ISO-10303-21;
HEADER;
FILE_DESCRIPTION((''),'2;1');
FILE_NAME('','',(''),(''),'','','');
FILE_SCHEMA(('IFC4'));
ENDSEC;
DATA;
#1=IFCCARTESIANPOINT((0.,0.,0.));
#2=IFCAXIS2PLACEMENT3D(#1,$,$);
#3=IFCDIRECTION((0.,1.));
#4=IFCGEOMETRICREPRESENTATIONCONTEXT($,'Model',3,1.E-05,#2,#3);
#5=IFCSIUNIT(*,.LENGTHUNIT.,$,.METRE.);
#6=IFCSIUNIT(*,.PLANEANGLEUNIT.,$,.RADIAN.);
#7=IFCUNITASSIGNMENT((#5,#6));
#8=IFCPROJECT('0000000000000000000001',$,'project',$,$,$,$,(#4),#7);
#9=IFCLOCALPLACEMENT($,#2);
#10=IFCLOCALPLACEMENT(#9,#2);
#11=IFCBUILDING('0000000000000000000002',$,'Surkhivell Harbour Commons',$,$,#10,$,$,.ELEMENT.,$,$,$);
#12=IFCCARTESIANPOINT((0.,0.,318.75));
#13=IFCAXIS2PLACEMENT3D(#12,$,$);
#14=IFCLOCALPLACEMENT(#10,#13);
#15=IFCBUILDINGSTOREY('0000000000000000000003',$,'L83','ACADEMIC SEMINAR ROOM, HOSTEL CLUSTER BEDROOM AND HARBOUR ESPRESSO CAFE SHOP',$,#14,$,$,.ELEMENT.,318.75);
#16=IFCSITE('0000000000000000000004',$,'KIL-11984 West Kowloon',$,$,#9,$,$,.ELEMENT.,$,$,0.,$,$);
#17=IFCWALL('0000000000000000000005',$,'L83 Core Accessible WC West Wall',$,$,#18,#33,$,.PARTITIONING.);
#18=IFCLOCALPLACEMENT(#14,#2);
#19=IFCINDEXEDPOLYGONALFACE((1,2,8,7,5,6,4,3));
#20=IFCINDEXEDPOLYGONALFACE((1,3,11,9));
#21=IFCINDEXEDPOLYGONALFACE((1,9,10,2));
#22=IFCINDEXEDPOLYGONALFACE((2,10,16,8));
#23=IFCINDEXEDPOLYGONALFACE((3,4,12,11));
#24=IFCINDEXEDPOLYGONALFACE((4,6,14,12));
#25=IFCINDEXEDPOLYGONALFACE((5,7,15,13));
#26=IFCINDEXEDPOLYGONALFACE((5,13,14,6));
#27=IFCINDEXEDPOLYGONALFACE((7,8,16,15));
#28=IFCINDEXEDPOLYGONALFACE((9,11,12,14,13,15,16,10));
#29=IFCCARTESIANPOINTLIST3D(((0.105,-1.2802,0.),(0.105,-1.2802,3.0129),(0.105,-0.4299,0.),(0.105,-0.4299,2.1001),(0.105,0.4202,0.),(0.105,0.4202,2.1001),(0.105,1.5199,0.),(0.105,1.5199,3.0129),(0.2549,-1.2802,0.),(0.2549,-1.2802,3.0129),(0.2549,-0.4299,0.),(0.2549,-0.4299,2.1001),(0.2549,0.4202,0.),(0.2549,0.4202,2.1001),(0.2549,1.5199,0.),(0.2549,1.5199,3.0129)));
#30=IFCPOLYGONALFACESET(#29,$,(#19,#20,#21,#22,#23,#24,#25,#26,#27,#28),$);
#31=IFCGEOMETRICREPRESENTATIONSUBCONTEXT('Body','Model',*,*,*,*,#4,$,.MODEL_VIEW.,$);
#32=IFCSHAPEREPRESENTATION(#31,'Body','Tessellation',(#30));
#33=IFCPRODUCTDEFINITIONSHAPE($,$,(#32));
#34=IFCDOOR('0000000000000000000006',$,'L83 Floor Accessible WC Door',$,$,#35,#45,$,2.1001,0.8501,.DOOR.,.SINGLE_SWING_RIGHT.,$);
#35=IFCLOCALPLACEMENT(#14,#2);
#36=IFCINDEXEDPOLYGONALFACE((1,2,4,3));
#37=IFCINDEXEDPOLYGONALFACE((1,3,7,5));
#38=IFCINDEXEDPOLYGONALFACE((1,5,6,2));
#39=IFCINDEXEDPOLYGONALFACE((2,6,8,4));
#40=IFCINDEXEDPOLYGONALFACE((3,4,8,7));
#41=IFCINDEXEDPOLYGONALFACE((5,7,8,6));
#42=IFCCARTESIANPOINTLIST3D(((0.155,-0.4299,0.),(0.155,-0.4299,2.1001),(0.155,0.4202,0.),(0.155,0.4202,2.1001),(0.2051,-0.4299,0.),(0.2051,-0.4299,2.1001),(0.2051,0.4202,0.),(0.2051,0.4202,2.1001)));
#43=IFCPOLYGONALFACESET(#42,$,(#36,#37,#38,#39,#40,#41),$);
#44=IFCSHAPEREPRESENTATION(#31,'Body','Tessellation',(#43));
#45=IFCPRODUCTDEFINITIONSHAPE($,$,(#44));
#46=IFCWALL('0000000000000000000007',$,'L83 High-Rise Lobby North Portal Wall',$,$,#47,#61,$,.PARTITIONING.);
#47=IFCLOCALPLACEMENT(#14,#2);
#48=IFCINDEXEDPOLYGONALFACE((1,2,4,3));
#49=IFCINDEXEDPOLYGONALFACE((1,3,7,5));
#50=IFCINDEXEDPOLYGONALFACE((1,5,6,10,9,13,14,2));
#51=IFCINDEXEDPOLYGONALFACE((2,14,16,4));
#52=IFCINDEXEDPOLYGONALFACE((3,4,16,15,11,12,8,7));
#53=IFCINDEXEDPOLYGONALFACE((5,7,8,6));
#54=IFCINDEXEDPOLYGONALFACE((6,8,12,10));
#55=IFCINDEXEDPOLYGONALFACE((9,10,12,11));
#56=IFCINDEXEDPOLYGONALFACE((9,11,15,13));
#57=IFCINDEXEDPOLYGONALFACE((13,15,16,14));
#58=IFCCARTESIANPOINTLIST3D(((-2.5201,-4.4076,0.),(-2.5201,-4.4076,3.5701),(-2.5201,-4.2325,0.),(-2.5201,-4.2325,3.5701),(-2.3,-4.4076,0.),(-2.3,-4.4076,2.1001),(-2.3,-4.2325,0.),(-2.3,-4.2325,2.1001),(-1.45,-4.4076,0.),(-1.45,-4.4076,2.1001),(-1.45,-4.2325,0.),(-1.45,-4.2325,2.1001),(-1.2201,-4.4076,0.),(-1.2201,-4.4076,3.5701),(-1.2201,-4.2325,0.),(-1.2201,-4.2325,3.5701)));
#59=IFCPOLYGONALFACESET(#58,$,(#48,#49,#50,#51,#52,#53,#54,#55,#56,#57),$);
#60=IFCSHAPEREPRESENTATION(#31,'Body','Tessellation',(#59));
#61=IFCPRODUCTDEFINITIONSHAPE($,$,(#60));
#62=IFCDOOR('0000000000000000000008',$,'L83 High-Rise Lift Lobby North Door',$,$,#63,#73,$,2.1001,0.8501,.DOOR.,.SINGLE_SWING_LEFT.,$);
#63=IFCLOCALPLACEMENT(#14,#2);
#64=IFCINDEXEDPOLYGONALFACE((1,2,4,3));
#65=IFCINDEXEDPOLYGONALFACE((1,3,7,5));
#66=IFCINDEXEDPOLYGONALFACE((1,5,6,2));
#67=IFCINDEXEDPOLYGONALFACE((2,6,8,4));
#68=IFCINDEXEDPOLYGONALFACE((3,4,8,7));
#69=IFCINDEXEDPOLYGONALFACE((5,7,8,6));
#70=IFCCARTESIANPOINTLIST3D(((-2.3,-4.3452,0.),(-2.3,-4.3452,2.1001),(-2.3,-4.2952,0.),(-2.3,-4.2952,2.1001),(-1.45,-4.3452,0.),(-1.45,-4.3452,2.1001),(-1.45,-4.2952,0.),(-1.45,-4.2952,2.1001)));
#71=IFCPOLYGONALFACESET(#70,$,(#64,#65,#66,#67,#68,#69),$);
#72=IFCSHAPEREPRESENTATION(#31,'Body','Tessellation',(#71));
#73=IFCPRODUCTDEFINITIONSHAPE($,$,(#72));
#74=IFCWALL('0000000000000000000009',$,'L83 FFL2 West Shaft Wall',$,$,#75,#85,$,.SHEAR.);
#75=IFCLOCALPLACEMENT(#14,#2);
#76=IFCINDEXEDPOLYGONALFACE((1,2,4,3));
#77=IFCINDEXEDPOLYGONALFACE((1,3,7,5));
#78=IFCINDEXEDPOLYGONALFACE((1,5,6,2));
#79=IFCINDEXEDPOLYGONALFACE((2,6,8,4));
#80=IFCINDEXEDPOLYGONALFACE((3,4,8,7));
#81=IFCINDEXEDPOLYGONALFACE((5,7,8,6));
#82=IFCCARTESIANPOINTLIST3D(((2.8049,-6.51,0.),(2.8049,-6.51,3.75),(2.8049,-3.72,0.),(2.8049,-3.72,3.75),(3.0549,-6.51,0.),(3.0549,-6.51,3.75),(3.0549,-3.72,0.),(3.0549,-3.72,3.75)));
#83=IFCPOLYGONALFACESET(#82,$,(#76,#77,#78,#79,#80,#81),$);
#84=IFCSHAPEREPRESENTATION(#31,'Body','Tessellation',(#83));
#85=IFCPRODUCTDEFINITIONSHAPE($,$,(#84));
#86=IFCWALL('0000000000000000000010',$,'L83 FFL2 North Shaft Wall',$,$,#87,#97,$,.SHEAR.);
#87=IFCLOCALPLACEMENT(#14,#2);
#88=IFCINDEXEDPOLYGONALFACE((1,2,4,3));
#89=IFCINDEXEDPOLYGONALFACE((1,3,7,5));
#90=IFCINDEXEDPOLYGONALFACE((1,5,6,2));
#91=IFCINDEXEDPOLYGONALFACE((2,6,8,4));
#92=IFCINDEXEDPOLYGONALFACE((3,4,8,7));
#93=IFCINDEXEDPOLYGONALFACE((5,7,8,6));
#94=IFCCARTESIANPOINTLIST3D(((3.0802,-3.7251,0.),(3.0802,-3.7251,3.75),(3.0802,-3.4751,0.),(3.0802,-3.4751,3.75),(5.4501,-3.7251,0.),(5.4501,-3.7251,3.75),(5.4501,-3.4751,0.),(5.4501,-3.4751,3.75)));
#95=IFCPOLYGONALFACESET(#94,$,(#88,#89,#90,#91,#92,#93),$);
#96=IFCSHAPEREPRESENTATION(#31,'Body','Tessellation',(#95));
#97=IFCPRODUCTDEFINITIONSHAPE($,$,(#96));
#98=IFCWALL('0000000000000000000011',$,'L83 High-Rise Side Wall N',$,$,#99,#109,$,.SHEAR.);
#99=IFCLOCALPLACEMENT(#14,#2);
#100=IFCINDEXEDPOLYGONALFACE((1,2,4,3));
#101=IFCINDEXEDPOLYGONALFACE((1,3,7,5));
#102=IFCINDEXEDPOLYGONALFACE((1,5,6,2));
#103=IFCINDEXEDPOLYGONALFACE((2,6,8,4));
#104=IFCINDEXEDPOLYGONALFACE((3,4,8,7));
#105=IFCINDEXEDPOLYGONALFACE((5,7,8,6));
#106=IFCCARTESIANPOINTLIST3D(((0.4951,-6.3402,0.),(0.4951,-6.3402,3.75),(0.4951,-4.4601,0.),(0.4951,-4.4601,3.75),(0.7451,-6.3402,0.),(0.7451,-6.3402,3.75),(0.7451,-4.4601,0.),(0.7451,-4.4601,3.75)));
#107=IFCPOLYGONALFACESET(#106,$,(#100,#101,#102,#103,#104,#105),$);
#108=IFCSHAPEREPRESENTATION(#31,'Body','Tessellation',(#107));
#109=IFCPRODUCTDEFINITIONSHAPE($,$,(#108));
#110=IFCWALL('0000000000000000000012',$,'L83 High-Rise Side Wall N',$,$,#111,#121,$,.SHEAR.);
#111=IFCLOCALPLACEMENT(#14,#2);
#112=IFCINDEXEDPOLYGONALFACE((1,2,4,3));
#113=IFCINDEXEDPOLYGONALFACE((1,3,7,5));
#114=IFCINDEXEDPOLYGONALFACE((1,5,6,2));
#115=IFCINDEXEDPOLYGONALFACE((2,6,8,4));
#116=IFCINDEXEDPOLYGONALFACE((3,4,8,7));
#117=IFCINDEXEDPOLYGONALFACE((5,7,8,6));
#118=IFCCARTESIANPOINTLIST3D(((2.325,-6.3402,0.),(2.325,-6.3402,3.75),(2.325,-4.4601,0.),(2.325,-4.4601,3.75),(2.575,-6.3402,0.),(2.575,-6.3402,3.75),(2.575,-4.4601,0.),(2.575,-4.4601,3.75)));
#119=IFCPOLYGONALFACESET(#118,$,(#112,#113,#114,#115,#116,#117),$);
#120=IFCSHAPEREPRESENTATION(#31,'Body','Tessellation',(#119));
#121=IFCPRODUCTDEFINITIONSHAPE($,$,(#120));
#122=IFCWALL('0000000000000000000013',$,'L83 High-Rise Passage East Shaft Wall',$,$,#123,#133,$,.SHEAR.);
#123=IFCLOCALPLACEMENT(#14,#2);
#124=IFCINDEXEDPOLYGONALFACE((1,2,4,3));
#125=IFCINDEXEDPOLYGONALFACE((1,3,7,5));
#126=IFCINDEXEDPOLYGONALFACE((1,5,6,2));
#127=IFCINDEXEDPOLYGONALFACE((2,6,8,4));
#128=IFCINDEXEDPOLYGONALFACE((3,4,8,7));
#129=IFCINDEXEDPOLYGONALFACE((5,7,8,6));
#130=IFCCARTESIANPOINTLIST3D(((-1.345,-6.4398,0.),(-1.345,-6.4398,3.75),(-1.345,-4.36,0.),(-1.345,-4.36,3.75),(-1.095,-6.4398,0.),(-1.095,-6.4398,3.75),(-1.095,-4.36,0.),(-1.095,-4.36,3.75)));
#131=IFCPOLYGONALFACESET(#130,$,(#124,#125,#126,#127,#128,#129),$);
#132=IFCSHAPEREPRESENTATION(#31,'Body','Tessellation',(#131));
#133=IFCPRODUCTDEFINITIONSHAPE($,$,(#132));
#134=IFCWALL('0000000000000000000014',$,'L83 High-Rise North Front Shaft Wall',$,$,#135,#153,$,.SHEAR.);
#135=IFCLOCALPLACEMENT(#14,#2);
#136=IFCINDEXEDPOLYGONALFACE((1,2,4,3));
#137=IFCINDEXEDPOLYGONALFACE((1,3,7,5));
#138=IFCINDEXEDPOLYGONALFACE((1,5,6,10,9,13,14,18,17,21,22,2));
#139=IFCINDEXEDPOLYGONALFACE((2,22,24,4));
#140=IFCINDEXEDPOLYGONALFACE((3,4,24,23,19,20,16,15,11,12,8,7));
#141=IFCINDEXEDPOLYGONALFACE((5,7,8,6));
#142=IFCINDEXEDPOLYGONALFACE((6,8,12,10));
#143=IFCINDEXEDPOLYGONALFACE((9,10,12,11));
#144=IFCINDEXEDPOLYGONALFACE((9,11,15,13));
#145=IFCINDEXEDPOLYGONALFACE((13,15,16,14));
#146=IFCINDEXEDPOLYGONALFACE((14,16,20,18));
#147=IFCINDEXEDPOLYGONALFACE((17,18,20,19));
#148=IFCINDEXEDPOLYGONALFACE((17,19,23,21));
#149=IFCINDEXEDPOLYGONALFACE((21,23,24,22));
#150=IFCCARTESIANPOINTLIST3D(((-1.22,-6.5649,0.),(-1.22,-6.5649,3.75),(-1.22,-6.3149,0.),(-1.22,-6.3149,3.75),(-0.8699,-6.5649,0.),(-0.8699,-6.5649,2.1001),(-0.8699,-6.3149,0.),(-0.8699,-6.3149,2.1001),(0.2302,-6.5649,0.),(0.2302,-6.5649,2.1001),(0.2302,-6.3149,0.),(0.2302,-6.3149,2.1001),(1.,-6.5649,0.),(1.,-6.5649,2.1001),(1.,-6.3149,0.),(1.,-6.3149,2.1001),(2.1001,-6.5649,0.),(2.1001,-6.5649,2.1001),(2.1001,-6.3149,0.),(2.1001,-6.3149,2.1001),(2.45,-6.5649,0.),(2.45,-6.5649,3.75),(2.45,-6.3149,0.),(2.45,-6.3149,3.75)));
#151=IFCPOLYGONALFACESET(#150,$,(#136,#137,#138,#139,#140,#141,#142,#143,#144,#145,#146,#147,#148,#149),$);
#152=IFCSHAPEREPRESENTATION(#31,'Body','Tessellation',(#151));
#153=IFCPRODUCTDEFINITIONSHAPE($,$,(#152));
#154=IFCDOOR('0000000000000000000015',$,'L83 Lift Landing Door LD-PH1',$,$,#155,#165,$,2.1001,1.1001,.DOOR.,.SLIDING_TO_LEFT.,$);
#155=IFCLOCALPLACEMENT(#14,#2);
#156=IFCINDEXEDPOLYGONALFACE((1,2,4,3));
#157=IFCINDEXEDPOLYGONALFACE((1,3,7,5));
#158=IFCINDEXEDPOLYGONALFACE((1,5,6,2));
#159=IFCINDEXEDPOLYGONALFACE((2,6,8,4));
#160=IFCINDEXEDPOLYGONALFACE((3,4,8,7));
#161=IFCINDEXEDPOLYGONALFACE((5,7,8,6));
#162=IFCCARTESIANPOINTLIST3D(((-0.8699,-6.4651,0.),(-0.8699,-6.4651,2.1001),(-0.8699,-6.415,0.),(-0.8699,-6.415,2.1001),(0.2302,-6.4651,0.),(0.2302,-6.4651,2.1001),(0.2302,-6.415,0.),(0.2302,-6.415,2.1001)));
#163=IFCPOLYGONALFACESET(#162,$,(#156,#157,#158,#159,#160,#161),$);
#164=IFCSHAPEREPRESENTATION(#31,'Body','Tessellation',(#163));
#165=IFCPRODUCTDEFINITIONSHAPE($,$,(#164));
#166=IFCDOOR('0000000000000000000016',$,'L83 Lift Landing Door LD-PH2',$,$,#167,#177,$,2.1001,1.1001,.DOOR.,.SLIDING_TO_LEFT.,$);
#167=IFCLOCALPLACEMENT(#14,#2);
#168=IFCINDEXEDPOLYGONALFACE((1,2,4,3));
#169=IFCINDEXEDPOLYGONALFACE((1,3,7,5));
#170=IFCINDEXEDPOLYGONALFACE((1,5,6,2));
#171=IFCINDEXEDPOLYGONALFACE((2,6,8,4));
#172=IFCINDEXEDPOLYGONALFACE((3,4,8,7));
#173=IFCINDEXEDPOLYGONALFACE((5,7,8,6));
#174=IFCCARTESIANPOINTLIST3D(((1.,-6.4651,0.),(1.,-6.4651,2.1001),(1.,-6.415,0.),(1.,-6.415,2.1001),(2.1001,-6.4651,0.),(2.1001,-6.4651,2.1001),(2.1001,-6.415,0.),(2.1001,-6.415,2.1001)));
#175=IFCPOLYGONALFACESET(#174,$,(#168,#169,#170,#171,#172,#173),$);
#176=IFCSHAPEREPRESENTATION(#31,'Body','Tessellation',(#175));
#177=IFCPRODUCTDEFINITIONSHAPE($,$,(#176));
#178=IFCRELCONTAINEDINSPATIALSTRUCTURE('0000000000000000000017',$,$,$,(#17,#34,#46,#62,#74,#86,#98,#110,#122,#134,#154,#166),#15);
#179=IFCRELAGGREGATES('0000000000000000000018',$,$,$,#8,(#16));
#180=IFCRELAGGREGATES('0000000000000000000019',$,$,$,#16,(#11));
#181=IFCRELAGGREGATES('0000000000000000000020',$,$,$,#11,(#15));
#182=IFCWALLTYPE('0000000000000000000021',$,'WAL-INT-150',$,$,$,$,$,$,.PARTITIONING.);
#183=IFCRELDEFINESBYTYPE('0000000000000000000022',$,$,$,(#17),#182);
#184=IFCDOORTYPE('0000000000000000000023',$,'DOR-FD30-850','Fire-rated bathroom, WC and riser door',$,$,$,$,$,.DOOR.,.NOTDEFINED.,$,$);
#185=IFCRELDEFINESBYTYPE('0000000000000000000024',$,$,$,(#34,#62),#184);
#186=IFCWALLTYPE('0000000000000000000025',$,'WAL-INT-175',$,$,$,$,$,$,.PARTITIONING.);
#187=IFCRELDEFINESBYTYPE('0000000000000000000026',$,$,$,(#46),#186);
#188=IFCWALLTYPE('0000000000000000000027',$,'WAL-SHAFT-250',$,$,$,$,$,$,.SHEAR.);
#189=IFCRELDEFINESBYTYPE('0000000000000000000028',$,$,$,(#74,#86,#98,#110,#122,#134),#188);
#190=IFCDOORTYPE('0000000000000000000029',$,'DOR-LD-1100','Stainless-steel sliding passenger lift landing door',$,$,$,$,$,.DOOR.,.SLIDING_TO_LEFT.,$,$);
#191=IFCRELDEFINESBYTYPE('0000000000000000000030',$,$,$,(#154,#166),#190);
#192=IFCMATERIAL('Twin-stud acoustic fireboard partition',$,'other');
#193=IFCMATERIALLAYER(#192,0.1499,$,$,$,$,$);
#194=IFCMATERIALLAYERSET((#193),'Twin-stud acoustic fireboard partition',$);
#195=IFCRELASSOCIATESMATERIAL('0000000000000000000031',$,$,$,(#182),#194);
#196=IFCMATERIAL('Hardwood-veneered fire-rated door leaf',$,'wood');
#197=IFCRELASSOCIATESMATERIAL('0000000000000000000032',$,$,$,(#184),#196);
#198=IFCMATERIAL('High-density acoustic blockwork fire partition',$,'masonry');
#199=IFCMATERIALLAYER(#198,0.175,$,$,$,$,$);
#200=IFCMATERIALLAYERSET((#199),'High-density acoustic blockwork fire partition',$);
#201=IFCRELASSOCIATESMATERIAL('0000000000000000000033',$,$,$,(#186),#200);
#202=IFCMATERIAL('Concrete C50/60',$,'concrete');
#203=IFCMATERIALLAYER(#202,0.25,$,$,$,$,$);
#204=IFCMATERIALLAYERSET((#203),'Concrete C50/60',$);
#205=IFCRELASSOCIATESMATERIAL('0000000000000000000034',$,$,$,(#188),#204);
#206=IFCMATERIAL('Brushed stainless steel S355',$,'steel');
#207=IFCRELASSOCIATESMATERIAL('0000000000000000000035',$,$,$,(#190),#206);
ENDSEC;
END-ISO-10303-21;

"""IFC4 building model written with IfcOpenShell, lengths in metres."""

from ifc_helpers import new_model, si_unit, direction, frame, frame_2d, origin, place, context, subcontext, project, spatial, rectangle, extrude, material, layer, layer_set, type_object, element, fill, save


model = new_model("IFC4")

# Units and contexts
model_context = context("Model", 3, precision=1e-05, world=origin(), true_north=direction((0.0, 1.0)))
body_context = subcontext(model_context, "Body", "Model", "MODEL_VIEW")
ifc_project = project(units=[si_unit("LENGTHUNIT", "METRE"), si_unit("PLANEANGLEUNIT", "RADIAN")], contexts=[model_context])

# Site, building, storey
site_placement = place(None, origin())
site = spatial("IfcSite", under=ifc_project, at=site_placement, Name="KIL-11984 West Kowloon", CompositionType="ELEMENT", RefElevation=0.0)
building_placement = place(site_placement, origin())
building = spatial("IfcBuilding", under=site, at=building_placement, Name="Surkhivell Harbour Commons", CompositionType="ELEMENT")
storey_placement = place(building_placement, frame((0.0, 0.0, 318.75)))
storey = spatial("IfcBuildingStorey", under=building, at=storey_placement, Name="L83", Description="ACADEMIC SEMINAR ROOM, HOSTEL CLUSTER BEDROOM AND HARBOUR ESPRESSO CAFE SHOP", CompositionType="ELEMENT", Elevation=318.75)

# Shared definitions
ifc_material_1 = material(Name="Twin-stud acoustic fireboard partition", Category="other")
ifc_layer_1 = layer(ifc_material_1, 0.1499)
ifc_layer_set_1 = layer_set([ifc_layer_1], Name="Twin-stud acoustic fireboard partition")
wall_type_1 = type_object("IfcWallType", Name="WAL-INT-150", PredefinedType="PARTITIONING", material=ifc_layer_set_1)

# Walls, openings, doors
wall_1_placement = place(storey_placement, frame((0.1799, -1.28, 0.0), z_axis=(0.0, 0.0, 1.0), x_axis=(0.0, 1.0, 0.0)))
wall_1 = element("IfcWall", 1, at=wall_1_placement, inside=storey, type_object=wall_type_1, Name="L83 Core Accessible WC West Wall", PredefinedType="PARTITIONING", context=body_context, shape_type="SweptSolid", body=[
    extrude(rectangle(XDim=2.8, YDim=0.1499, at=frame_2d((1.3999, 0.0))), origin(), (0.0, 0.0, 1.0), 3.0129),
])
opening_1_placement = place(wall_1_placement, frame((0.8501, 0.0, 0.0)))
opening_1 = element("IfcOpeningElement", 2, at=opening_1_placement, cuts=wall_1, PredefinedType="OPENING", context=body_context, shape_type="SweptSolid", body=[
    extrude(rectangle(XDim=0.8501, YDim=2.1001, at=frame_2d((0.425, 1.05))), frame((0.0, 0.085, 0.0), z_axis=(0.0, -1.0, 0.0), x_axis=(1.0, 0.0, 0.0)), (0.0, 0.0, 1.0), 0.1699),
])
ifc_material_2 = material(Name="Hardwood-veneered fire-rated door leaf", Category="wood")
door_type_1 = type_object("IfcDoorType", Name="DOR-FD30-850", Description="Fire-rated bathroom, WC and riser door", OperationType="NOTDEFINED", PredefinedType="DOOR", material=ifc_material_2)
door_1_placement = place(opening_1_placement, origin())
door_1 = element("IfcDoor", 3, at=door_1_placement, inside=storey, type_object=door_type_1, Name="L83 Floor Accessible WC Door", OperationType="SINGLE_SWING_RIGHT", OverallHeight=2.1001, OverallWidth=0.8501, PredefinedType="DOOR", context=body_context, shape_type="SweptSolid", body=[
    extrude(rectangle(XDim=0.8501, YDim=2.1001, at=frame_2d((0.425, 1.05))), frame((0.0, 0.0249, 0.0), z_axis=(0.0, -1.0, 0.0), x_axis=(1.0, 0.0, 0.0)), (0.0, 0.0, 1.0), 0.05),
])
fill(opening_1, door_1)
ifc_material_3 = material(Name="High-density acoustic blockwork fire partition", Category="masonry")
ifc_layer_2 = layer(ifc_material_3, 0.175)
ifc_layer_set_2 = layer_set([ifc_layer_2], Name="High-density acoustic blockwork fire partition")
wall_type_2 = type_object("IfcWallType", Name="WAL-INT-175", PredefinedType="PARTITIONING", material=ifc_layer_set_2)
wall_2_placement = place(storey_placement, frame((-2.52, -4.3201, 0.0), z_axis=(0.0, 0.0, 1.0), x_axis=(1.0, 0.0, 0.0)))
wall_2 = element("IfcWall", 4, at=wall_2_placement, inside=storey, type_object=wall_type_2, Name="L83 High-Rise Lobby North Portal Wall", PredefinedType="PARTITIONING", context=body_context, shape_type="SweptSolid", body=[
    extrude(rectangle(XDim=1.3, YDim=0.175, at=frame_2d((0.6499, 0.0))), origin(), (0.0, 0.0, 1.0), 3.5701),
])
opening_2_placement = place(wall_2_placement, frame((0.22, 0.0, 0.0)))
opening_2 = element("IfcOpeningElement", 5, at=opening_2_placement, cuts=wall_2, PredefinedType="OPENING", context=body_context, shape_type="SweptSolid", body=[
    extrude(rectangle(XDim=0.8501, YDim=2.1001, at=frame_2d((0.425, 1.05))), frame((0.0, 0.0974, 0.0), z_axis=(0.0, -1.0, 0.0), x_axis=(1.0, 0.0, 0.0)), (0.0, 0.0, 1.0), 0.1951),
])
door_2_placement = place(opening_2_placement, origin())
door_2 = element("IfcDoor", 6, at=door_2_placement, inside=storey, type_object=door_type_1, Name="L83 High-Rise Lift Lobby North Door", OperationType="SINGLE_SWING_LEFT", OverallHeight=2.1001, OverallWidth=0.8501, PredefinedType="DOOR", context=body_context, shape_type="SweptSolid", body=[
    extrude(rectangle(XDim=0.8501, YDim=2.1001, at=frame_2d((0.425, 1.05))), frame((0.0, 0.0249, 0.0), z_axis=(0.0, -1.0, 0.0), x_axis=(1.0, 0.0, 0.0)), (0.0, 0.0, 1.0), 0.05),
])
fill(opening_2, door_2)

# Walls
ifc_material_4 = material(Name="Concrete C50/60", Category="concrete")
ifc_layer_3 = layer(ifc_material_4, 0.25)
ifc_layer_set_3 = layer_set([ifc_layer_3], Name="Concrete C50/60")
wall_type_3 = type_object("IfcWallType", Name="WAL-SHAFT-250", PredefinedType="SHEAR", material=ifc_layer_set_3)
wall_3_placement = place(storey_placement, frame((2.9299, -6.51, 0.0), z_axis=(0.0, 0.0, 1.0), x_axis=(0.0, 1.0, 0.0)))
element("IfcWall", 7, at=wall_3_placement, inside=storey, type_object=wall_type_3, Name="L83 FFL2 West Shaft Wall", PredefinedType="SHEAR", context=body_context, shape_type="SweptSolid", body=[
    extrude(rectangle(XDim=2.79, YDim=0.25, at=frame_2d((1.395, 0.0))), origin(), (0.0, 0.0, 1.0), 3.75),
])
wall_4_placement = place(storey_placement, frame((3.0801, -3.6001, 0.0), z_axis=(0.0, 0.0, 1.0), x_axis=(1.0, 0.0, 0.0)))
element("IfcWall", 8, at=wall_4_placement, inside=storey, type_object=wall_type_3, Name="L83 FFL2 North Shaft Wall", PredefinedType="SHEAR", context=body_context, shape_type="SweptSolid", body=[
    extrude(rectangle(XDim=2.3699, YDim=0.25, at=frame_2d((1.1851, 0.0))), origin(), (0.0, 0.0, 1.0), 3.75),
])
for number, where, z_axis, x_axis, name in (
    (9, (0.6201, -6.3401, 0.0), (0.0, 0.0, 1.0), (0.0, 1.0, 0.0), "L83 High-Rise Side Wall N"),
    (10, (2.45, -6.3401, 0.0), (0.0, 0.0, 1.0), (0.0, 1.0, 0.0), "L83 High-Rise Side Wall N"),
):
    element("IfcWall", number, at=place(storey_placement, frame(where, z_axis=z_axis, x_axis=x_axis)), inside=storey, type_object=wall_type_3, Name=name, PredefinedType="SHEAR", context=body_context, shape_type="SweptSolid", body=[
        extrude(rectangle(XDim=1.8801, YDim=0.25, at=frame_2d((0.9399, 0.0))), origin(), (0.0, 0.0, 1.0), 3.75),
    ])
wall_5_placement = place(storey_placement, frame((-1.22, -6.4399, 0.0), z_axis=(0.0, 0.0, 1.0), x_axis=(0.0, 1.0, 0.0)))
element("IfcWall", 11, at=wall_5_placement, inside=storey, type_object=wall_type_3, Name="L83 High-Rise Passage East Shaft Wall", PredefinedType="SHEAR", context=body_context, shape_type="SweptSolid", body=[
    extrude(rectangle(XDim=2.0798, YDim=0.25, at=frame_2d((1.04, 0.0))), origin(), (0.0, 0.0, 1.0), 3.75),
])

# Wall, openings, doors
wall_6_placement = place(storey_placement, frame((-1.22, -6.4399, 0.0), z_axis=(0.0, 0.0, 1.0), x_axis=(1.0, 0.0, 0.0)))
wall_6 = element("IfcWall", 12, at=wall_6_placement, inside=storey, type_object=wall_type_3, Name="L83 High-Rise North Front Shaft Wall", PredefinedType="SHEAR", context=body_context, shape_type="SweptSolid", body=[
    extrude(rectangle(XDim=3.6699, YDim=0.25, at=frame_2d((1.835, 0.0))), origin(), (0.0, 0.0, 1.0), 3.75),
])
opening_3_placement = place(wall_6_placement, frame((0.3501, 0.0, 0.0)))
opening_3 = element("IfcOpeningElement", 13, at=opening_3_placement, cuts=wall_6, PredefinedType="OPENING", context=body_context, shape_type="SweptSolid", body=[
    extrude(rectangle(XDim=1.1001, YDim=2.1001, at=frame_2d((0.55, 1.05))), frame((0.0, 0.135, 0.0), z_axis=(0.0, -1.0, 0.0), x_axis=(1.0, 0.0, 0.0)), (0.0, 0.0, 1.0), 0.27),
])
opening_4_placement = place(wall_6_placement, frame((2.22, 0.0, 0.0)))
opening_4 = element("IfcOpeningElement", 14, at=opening_4_placement, cuts=wall_6, PredefinedType="OPENING", context=body_context, shape_type="SweptSolid", body=[
    extrude(rectangle(XDim=1.1001, YDim=2.1001, at=frame_2d((0.55, 1.05))), frame((0.0, 0.135, 0.0), z_axis=(0.0, -1.0, 0.0), x_axis=(1.0, 0.0, 0.0)), (0.0, 0.0, 1.0), 0.27),
])
ifc_material_5 = material(Name="Brushed stainless steel S355", Category="steel")
door_type_2 = type_object("IfcDoorType", Name="DOR-LD-1100", Description="Stainless-steel sliding passenger lift landing door", OperationType="SLIDING_TO_LEFT", PredefinedType="DOOR", material=ifc_material_5)
door_3_placement = place(opening_3_placement, origin())
door_3 = element("IfcDoor", 15, at=door_3_placement, inside=storey, type_object=door_type_2, Name="L83 Lift Landing Door LD-PH1", OperationType="SLIDING_TO_LEFT", OverallHeight=2.1001, OverallWidth=1.1001, PredefinedType="DOOR", context=body_context, shape_type="SweptSolid", body=[
    extrude(rectangle(XDim=1.1001, YDim=2.1001, at=frame_2d((0.55, 1.05))), frame((0.0, 0.0249, 0.0), z_axis=(0.0, -1.0, 0.0), x_axis=(1.0, 0.0, 0.0)), (0.0, 0.0, 1.0), 0.05),
])
fill(opening_3, door_3)
door_4_placement = place(opening_4_placement, origin())
door_4 = element("IfcDoor", 16, at=door_4_placement, inside=storey, type_object=door_type_2, Name="L83 Lift Landing Door LD-PH2", OperationType="SLIDING_TO_LEFT", OverallHeight=2.1001, OverallWidth=1.1001, PredefinedType="DOOR", context=body_context, shape_type="SweptSolid", body=[
    extrude(rectangle(XDim=1.1001, YDim=2.1001, at=frame_2d((0.55, 1.05))), frame((0.0, 0.0249, 0.0), z_axis=(0.0, -1.0, 0.0), x_axis=(1.0, 0.0, 0.0)), (0.0, 0.0, 1.0), 0.05),
])
fill(opening_4, door_4)

save(model, "model.ifc")
